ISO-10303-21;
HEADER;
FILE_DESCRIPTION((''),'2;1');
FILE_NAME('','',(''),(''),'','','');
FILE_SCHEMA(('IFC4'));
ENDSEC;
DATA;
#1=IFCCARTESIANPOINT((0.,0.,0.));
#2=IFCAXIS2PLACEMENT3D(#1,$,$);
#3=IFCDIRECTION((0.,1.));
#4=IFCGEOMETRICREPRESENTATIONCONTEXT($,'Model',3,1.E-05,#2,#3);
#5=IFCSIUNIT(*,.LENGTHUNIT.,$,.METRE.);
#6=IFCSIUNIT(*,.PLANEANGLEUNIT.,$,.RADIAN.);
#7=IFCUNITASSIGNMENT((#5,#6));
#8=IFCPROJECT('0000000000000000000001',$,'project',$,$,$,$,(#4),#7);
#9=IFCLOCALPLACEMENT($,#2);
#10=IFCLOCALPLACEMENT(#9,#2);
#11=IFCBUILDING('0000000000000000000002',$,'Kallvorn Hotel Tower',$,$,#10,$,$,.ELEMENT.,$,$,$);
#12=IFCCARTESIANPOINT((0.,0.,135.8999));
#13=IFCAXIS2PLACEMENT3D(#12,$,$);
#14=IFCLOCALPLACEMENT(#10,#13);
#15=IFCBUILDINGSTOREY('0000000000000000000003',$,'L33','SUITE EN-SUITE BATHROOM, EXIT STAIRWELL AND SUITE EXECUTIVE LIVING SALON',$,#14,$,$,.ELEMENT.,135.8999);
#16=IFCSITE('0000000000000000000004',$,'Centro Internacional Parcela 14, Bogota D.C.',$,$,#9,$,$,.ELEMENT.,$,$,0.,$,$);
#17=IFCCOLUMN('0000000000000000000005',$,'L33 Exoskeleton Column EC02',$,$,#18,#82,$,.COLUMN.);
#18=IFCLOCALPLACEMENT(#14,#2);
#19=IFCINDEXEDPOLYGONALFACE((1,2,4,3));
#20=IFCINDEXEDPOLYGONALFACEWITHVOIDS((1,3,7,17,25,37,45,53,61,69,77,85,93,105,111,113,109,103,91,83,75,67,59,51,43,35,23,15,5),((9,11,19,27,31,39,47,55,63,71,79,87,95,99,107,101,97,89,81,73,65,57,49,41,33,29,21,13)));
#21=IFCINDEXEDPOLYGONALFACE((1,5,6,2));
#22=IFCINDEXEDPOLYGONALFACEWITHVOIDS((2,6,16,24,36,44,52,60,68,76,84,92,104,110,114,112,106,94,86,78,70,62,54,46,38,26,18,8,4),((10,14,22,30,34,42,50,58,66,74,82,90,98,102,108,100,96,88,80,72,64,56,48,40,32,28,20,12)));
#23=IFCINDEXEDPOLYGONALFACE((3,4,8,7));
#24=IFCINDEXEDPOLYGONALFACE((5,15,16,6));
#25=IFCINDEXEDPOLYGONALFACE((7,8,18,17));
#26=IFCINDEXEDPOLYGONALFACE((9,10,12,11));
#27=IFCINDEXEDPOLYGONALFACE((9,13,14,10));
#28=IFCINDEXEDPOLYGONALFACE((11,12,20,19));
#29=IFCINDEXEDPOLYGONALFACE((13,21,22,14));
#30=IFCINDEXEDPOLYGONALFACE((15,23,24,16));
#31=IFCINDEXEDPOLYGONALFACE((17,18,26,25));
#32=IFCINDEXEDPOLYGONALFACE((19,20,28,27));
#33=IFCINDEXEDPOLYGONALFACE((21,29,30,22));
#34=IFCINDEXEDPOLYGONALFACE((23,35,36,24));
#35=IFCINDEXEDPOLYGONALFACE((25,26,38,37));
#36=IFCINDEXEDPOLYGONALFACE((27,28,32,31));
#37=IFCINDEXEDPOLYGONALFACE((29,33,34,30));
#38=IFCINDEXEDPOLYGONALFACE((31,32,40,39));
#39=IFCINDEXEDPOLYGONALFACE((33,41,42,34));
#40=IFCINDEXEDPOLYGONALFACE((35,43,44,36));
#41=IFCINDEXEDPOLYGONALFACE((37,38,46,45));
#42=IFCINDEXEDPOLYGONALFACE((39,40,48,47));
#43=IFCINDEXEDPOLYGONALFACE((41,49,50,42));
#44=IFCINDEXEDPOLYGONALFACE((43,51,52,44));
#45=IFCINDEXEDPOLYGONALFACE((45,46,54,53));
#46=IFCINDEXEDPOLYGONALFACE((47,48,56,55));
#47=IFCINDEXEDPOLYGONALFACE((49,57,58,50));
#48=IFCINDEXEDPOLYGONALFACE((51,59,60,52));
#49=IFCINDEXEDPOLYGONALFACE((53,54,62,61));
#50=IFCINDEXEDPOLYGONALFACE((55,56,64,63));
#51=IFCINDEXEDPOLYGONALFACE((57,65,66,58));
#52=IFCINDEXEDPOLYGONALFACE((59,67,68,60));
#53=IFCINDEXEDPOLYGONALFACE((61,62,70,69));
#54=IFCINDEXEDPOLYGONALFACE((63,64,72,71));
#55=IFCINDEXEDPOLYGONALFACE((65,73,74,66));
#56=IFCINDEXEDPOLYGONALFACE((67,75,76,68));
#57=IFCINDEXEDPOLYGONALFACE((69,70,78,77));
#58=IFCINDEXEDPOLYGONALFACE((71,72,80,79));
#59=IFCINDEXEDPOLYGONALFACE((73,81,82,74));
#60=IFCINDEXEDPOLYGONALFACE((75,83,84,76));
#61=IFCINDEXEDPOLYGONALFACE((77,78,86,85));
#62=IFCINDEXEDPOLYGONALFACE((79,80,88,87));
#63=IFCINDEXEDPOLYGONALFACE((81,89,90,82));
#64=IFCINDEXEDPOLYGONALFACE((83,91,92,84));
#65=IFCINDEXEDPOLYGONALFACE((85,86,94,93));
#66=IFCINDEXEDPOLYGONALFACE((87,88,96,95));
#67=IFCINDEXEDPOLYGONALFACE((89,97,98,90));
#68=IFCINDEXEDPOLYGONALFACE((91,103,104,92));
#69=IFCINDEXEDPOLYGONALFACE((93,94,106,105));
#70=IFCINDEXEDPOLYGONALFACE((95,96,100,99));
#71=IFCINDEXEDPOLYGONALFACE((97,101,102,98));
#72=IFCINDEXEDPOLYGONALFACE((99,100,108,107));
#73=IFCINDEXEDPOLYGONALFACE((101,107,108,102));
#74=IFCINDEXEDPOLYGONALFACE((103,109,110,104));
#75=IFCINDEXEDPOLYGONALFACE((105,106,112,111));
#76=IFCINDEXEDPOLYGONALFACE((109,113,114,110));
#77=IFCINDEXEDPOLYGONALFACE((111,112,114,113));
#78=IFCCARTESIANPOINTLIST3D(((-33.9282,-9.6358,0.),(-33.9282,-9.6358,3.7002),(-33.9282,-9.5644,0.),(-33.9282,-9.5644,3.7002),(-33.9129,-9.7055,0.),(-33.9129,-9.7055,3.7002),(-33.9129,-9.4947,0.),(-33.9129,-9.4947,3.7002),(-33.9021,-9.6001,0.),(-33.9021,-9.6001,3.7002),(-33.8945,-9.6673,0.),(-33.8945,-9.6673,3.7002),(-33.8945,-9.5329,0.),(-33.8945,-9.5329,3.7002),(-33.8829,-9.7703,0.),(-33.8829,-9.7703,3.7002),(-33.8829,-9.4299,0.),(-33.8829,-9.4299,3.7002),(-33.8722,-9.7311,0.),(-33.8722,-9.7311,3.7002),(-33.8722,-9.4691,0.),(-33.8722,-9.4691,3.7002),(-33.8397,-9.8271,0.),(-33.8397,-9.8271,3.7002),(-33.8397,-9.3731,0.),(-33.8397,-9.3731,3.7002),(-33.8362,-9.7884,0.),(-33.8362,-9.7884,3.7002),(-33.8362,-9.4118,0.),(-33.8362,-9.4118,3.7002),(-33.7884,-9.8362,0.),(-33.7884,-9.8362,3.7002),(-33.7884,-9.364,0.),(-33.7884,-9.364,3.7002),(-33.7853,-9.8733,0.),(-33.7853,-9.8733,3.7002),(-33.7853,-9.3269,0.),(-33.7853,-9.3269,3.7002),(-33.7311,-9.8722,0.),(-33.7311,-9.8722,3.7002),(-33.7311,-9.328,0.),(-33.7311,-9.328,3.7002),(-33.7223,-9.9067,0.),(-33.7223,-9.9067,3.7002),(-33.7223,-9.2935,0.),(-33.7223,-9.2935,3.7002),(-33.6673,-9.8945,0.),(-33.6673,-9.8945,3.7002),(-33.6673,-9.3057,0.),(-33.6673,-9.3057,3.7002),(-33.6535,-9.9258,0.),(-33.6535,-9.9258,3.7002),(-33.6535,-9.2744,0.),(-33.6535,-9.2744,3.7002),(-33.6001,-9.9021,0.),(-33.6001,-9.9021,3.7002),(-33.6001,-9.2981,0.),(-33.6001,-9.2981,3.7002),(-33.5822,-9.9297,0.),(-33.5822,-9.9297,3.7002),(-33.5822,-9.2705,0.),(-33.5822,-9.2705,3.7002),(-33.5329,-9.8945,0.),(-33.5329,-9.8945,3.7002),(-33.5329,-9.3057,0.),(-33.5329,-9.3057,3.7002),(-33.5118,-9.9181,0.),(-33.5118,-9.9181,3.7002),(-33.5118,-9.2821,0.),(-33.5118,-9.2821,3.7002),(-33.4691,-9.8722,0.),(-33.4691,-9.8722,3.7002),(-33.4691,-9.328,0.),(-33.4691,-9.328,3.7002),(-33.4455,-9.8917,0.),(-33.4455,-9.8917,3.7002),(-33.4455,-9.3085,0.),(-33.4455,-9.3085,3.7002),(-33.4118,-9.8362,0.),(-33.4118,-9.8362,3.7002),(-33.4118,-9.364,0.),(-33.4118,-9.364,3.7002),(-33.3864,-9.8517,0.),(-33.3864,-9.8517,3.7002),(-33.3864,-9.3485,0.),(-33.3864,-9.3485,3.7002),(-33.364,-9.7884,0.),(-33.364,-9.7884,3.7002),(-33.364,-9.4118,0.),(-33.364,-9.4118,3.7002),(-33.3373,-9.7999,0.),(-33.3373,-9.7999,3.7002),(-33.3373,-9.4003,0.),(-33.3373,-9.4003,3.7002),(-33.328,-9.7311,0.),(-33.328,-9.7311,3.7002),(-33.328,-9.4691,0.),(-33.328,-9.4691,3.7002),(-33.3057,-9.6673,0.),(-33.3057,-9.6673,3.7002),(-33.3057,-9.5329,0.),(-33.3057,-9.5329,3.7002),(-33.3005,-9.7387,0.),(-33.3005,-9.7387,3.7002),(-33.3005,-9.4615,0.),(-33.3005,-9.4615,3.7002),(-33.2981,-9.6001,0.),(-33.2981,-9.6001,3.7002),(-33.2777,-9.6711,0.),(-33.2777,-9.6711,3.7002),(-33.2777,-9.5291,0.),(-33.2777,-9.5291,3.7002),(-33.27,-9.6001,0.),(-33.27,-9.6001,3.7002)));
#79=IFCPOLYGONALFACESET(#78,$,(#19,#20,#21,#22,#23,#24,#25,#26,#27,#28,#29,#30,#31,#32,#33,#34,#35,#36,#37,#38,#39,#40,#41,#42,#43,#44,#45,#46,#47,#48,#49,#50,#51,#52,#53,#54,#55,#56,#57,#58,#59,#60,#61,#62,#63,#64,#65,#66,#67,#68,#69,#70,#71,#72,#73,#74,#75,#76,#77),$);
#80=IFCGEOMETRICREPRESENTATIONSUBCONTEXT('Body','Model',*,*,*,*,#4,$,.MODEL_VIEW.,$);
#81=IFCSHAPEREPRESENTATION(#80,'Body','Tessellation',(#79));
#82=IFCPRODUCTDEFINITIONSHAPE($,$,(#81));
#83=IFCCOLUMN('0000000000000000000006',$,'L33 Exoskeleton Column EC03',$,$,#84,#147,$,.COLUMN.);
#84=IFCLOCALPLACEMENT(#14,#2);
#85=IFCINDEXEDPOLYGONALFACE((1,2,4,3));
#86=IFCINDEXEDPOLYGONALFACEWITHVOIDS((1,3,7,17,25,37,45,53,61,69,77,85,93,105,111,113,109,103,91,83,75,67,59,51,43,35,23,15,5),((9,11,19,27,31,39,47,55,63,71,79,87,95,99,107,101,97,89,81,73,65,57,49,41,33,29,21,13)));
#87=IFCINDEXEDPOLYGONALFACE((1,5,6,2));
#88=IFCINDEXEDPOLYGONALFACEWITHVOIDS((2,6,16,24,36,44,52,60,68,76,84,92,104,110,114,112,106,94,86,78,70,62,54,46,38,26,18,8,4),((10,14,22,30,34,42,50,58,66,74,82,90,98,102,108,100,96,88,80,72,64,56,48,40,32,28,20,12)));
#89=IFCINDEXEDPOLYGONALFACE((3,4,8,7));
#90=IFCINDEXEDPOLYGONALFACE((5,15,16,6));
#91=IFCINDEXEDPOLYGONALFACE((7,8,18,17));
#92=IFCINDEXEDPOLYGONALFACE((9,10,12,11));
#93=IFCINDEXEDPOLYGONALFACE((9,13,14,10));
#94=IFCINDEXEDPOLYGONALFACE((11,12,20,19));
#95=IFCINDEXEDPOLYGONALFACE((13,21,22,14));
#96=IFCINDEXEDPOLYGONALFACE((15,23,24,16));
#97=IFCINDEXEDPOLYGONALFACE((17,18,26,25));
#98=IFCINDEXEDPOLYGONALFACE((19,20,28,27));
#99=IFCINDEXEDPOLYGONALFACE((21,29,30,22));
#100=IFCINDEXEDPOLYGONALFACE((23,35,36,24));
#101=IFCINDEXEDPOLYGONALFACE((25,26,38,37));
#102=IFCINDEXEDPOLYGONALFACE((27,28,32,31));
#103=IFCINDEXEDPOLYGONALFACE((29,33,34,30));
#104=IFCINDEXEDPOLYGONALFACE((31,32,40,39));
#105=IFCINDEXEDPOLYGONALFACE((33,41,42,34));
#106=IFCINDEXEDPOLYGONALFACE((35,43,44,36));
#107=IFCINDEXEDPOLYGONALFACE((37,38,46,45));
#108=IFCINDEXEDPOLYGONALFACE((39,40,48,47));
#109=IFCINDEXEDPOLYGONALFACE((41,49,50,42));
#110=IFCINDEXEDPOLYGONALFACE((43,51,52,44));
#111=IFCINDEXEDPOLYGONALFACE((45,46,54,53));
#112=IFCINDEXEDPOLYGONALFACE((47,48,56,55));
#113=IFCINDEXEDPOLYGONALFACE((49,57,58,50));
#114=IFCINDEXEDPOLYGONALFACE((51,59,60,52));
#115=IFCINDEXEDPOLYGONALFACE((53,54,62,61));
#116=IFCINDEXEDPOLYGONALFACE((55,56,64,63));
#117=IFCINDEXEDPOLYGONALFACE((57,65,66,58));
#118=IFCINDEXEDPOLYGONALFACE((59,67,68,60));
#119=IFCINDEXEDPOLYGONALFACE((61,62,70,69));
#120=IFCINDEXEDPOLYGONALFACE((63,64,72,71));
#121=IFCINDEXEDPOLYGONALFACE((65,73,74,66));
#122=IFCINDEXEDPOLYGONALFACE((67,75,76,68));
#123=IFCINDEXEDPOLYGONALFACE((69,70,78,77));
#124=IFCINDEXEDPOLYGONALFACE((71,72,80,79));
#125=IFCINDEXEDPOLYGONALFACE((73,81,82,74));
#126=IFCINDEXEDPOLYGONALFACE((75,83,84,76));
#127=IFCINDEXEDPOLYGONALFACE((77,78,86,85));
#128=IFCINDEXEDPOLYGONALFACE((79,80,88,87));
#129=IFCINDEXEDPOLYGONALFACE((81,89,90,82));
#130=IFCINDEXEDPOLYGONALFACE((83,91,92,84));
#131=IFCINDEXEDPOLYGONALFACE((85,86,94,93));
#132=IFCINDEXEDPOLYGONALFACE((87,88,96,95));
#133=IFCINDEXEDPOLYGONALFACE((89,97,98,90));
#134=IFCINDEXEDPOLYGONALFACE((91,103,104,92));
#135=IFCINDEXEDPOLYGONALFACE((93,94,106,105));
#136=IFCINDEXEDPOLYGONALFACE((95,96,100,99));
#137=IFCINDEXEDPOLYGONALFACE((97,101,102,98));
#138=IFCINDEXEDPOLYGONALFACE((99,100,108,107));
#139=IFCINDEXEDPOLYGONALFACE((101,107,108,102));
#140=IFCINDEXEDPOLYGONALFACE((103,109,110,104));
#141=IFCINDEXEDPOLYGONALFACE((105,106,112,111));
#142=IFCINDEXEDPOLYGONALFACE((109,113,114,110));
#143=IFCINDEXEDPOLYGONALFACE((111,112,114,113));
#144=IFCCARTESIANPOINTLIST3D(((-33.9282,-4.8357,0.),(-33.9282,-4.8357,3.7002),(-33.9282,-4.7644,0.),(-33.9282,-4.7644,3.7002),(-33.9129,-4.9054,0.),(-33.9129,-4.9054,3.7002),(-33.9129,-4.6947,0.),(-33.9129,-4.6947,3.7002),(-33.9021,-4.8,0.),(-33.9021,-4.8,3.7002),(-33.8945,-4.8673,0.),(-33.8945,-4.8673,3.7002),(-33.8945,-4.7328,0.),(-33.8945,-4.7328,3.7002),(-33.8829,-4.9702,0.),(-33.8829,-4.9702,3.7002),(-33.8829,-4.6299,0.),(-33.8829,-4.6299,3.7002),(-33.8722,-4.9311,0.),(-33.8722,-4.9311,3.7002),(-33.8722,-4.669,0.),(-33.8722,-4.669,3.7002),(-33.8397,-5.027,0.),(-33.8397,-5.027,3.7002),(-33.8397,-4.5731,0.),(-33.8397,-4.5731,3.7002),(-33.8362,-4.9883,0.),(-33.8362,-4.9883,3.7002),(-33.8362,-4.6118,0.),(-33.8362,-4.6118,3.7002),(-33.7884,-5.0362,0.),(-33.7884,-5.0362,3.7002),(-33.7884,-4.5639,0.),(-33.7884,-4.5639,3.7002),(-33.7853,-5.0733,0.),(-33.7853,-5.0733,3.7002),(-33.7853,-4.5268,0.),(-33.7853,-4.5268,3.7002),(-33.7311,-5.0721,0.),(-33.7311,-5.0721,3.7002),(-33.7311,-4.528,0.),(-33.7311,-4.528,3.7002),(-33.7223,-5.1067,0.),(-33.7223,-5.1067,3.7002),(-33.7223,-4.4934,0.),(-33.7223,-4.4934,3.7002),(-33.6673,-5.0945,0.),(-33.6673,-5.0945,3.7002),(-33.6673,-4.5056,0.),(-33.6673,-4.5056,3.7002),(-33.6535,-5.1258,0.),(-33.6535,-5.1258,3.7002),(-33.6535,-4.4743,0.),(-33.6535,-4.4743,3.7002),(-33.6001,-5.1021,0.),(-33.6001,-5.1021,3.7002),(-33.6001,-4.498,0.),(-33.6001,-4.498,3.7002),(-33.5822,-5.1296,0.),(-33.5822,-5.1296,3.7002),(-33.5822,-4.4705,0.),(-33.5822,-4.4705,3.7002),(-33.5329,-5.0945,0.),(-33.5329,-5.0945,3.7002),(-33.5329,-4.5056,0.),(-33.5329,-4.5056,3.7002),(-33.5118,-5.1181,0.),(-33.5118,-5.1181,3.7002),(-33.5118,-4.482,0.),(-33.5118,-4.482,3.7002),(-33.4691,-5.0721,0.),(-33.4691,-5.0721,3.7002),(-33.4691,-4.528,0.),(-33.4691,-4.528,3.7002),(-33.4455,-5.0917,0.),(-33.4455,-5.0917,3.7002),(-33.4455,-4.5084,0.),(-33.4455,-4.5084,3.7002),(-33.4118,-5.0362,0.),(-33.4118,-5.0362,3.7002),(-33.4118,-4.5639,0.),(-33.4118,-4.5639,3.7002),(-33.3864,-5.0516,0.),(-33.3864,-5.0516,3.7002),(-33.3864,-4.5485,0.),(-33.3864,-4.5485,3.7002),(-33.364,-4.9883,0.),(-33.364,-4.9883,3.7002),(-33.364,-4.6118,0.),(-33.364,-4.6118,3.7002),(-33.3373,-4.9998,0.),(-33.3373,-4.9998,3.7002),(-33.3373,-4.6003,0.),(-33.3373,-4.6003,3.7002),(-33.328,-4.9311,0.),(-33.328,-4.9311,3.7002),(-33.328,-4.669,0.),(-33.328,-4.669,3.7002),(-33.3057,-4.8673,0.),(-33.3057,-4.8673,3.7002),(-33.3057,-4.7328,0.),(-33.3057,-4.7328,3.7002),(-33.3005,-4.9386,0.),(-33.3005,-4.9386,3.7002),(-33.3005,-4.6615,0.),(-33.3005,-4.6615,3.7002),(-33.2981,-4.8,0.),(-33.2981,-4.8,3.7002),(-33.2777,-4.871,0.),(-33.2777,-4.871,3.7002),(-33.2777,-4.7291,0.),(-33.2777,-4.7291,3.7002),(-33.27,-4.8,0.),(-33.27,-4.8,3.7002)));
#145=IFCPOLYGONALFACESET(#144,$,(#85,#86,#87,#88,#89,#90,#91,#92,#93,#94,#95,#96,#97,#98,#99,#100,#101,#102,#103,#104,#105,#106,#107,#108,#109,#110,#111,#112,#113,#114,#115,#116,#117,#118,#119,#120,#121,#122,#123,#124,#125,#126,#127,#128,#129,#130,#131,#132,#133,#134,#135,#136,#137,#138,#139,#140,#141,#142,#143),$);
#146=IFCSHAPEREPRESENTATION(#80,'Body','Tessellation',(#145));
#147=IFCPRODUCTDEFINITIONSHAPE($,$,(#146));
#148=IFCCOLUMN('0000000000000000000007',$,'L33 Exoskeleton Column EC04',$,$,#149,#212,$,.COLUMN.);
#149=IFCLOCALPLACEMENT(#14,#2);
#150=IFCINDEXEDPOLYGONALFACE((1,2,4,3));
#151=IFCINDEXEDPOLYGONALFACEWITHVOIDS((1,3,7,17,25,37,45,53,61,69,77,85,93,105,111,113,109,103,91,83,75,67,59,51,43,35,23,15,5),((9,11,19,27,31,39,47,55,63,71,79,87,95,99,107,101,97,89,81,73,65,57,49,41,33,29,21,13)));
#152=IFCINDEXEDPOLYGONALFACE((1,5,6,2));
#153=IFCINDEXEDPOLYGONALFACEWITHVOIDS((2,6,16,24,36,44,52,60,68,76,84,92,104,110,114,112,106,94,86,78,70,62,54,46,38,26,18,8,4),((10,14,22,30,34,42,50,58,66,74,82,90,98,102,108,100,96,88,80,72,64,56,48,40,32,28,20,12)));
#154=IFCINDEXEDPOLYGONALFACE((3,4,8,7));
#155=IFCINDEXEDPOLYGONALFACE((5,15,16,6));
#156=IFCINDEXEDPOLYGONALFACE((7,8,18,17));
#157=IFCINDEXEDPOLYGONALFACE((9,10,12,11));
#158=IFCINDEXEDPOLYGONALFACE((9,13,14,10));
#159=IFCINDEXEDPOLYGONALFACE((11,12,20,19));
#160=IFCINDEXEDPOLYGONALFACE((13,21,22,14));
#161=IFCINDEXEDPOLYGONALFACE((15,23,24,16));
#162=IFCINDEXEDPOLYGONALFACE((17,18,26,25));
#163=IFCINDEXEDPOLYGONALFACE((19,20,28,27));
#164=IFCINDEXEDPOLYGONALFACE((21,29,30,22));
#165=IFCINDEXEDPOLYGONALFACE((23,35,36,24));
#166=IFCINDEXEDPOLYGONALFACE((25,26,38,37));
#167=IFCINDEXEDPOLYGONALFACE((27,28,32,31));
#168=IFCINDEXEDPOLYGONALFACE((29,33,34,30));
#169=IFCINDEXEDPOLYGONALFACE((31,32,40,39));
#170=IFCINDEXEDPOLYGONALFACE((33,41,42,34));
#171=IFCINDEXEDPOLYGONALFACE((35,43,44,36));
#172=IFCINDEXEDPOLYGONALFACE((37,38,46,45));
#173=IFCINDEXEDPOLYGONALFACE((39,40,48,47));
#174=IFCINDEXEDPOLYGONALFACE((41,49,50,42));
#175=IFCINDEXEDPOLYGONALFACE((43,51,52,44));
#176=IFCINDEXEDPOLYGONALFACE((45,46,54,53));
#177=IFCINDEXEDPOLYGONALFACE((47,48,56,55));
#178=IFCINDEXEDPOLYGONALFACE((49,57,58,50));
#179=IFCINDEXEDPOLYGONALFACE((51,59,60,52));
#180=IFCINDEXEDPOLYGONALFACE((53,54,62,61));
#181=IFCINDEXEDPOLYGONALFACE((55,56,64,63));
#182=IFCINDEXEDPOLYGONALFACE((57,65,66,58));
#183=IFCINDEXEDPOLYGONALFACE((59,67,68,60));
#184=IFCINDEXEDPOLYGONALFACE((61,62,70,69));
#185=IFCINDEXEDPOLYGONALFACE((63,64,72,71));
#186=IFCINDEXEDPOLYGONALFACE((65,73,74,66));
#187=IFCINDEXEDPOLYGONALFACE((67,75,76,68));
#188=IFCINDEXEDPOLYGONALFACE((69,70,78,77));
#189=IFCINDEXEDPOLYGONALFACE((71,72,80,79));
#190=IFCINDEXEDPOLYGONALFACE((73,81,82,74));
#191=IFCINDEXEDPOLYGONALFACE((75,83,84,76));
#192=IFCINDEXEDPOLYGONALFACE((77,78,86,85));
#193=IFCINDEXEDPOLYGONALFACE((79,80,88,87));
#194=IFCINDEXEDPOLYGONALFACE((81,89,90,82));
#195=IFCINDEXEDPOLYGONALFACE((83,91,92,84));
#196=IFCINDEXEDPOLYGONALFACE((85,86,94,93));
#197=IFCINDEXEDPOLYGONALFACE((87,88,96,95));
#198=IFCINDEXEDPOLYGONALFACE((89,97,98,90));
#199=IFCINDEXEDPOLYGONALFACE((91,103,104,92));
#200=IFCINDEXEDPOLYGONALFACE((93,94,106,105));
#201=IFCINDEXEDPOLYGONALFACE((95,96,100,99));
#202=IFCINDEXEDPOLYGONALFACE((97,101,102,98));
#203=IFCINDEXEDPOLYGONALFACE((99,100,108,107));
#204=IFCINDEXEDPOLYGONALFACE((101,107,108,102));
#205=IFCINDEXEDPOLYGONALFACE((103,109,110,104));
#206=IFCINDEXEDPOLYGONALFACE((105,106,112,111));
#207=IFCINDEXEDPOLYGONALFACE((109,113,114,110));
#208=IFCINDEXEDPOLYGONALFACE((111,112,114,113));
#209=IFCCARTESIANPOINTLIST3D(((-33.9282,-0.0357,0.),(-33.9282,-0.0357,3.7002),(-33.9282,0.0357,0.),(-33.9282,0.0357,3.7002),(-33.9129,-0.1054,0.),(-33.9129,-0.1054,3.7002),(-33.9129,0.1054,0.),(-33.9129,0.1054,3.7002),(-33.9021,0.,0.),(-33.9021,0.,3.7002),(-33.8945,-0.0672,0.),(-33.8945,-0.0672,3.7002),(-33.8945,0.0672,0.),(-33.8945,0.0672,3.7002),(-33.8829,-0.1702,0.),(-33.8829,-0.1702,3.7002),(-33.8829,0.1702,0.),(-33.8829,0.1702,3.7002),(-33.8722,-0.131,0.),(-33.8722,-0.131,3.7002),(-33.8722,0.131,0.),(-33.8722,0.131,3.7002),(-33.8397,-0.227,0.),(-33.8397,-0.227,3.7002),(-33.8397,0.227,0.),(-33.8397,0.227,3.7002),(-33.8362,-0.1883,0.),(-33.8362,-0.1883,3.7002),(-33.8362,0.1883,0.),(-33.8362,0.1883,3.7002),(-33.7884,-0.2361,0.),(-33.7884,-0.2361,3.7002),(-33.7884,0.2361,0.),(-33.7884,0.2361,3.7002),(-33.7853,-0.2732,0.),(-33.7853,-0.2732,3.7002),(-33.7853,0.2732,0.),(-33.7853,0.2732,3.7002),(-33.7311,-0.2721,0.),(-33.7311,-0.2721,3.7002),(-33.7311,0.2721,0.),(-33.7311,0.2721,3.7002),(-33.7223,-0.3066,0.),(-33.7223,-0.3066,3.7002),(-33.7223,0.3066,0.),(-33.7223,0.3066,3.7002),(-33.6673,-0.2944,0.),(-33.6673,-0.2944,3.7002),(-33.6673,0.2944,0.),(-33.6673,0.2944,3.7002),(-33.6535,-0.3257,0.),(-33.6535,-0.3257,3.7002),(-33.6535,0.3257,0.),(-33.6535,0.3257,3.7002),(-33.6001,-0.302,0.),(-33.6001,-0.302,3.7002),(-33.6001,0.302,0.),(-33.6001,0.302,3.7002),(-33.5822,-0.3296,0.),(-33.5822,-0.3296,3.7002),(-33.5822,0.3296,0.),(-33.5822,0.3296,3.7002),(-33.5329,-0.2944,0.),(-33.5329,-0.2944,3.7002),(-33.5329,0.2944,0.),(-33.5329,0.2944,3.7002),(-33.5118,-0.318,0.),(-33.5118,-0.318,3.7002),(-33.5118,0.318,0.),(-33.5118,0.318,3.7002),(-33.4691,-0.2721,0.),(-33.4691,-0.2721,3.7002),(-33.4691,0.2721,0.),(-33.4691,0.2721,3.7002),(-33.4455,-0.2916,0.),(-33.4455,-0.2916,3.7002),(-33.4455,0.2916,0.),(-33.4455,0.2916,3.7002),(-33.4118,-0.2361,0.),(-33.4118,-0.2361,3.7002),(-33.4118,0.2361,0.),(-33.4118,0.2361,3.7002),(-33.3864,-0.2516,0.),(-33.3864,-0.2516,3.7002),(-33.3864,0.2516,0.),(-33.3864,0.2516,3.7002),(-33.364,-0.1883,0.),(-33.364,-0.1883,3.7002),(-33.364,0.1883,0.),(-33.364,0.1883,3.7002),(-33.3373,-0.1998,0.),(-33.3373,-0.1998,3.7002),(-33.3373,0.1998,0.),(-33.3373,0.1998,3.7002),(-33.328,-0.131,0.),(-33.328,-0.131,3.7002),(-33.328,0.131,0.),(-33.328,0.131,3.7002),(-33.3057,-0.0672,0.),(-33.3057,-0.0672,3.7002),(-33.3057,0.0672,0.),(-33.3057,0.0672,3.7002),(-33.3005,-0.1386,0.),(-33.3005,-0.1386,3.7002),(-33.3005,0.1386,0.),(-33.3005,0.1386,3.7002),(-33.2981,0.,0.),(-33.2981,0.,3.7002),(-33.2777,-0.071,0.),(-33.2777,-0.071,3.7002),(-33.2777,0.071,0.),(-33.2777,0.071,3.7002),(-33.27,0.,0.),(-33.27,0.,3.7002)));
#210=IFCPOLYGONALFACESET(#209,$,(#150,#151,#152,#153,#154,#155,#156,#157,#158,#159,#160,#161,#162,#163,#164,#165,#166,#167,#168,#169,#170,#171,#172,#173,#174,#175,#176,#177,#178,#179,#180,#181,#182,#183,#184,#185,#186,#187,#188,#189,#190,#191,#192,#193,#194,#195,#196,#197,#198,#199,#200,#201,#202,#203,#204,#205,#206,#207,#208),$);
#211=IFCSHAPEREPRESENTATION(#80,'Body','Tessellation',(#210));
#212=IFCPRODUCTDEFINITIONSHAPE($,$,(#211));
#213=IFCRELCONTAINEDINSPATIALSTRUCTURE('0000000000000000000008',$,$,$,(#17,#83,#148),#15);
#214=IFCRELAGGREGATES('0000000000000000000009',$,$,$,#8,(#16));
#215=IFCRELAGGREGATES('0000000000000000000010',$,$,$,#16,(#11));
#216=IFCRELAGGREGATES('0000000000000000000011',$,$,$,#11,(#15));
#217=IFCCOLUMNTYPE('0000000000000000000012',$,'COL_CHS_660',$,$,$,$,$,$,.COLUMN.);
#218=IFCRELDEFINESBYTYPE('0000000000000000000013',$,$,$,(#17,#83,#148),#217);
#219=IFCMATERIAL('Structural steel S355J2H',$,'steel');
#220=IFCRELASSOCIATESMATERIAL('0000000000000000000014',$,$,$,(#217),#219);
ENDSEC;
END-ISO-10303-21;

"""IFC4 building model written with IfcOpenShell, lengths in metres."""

from ifc_helpers import new_model, si_unit, direction, frame, origin, origin_2d, place, context, subcontext, project, spatial, hollow_circle, extrude, material, material_profile, profile_set, type_object, element, save


model = new_model("IFC4")

# Units and contexts
model_context = context("Model", 3, precision=1e-05, world=origin(), true_north=direction((0.0, 1.0)))
body_context = subcontext(model_context, "Body", "Model", "MODEL_VIEW")
ifc_project = project(units=[si_unit("LENGTHUNIT", "METRE"), si_unit("PLANEANGLEUNIT", "RADIAN")], contexts=[model_context])

# Site, building, storey
site_placement = place(None, origin())
site = spatial("IfcSite", under=ifc_project, at=site_placement, Name="Centro Internacional Parcela 14, Bogota D.C.", CompositionType="ELEMENT", RefElevation=0.0)
building_placement = place(site_placement, origin())
building = spatial("IfcBuilding", under=site, at=building_placement, Name="Kallvorn Hotel Tower", CompositionType="ELEMENT")
storey_placement = place(building_placement, frame((0.0, 0.0, 135.8999)))
storey = spatial("IfcBuildingStorey", under=building, at=storey_placement, Name="L33", Description="SUITE EN-SUITE BATHROOM, EXIT STAIRWELL AND SUITE EXECUTIVE LIVING SALON", CompositionType="ELEMENT", Elevation=135.8999)

# Columns
ifc_material_1 = material(Name="Structural steel S355J2H", Category="steel")
ifc_material_profile_1 = material_profile(ifc_material_1, hollow_circle(Radius=0.3301, WallThickness=0.0281, at=origin_2d()), Name="CHS 660x28")
ifc_profile_set_1 = profile_set([ifc_material_profile_1], Name="Structural steel S355J2H")
column_type_1 = type_object("IfcColumnType", Name="COL_CHS_660", PredefinedType="COLUMN", material=ifc_profile_set_1)
for number, where, z_axis, x_axis, name in (
    (1, (-33.6001, -9.6001, 0.0), (0.0, 0.0, 1.0), (1.0, 0.0, 0.0), "L33 Exoskeleton Column EC02"),
    (2, (-33.6001, -4.8, 0.0), (0.0, 0.0, 1.0), (1.0, 0.0, 0.0), "L33 Exoskeleton Column EC03"),
    (3, (-33.6001, 0.0, 0.0), (0.0, 0.0, 1.0), (1.0, 0.0, 0.0), "L33 Exoskeleton Column EC04"),
):
    element("IfcColumn", number, at=place(storey_placement, frame(where, z_axis=z_axis, x_axis=x_axis)), inside=storey, type_object=column_type_1, Name=name, PredefinedType="COLUMN", context=body_context, shape_type="SweptSolid", body=[
        extrude(hollow_circle(Radius=0.3301, WallThickness=0.0281, at=origin_2d()), origin(), (0.0, 0.0, 1.0), 3.7002),
    ])

save(model, "model.ifc")
